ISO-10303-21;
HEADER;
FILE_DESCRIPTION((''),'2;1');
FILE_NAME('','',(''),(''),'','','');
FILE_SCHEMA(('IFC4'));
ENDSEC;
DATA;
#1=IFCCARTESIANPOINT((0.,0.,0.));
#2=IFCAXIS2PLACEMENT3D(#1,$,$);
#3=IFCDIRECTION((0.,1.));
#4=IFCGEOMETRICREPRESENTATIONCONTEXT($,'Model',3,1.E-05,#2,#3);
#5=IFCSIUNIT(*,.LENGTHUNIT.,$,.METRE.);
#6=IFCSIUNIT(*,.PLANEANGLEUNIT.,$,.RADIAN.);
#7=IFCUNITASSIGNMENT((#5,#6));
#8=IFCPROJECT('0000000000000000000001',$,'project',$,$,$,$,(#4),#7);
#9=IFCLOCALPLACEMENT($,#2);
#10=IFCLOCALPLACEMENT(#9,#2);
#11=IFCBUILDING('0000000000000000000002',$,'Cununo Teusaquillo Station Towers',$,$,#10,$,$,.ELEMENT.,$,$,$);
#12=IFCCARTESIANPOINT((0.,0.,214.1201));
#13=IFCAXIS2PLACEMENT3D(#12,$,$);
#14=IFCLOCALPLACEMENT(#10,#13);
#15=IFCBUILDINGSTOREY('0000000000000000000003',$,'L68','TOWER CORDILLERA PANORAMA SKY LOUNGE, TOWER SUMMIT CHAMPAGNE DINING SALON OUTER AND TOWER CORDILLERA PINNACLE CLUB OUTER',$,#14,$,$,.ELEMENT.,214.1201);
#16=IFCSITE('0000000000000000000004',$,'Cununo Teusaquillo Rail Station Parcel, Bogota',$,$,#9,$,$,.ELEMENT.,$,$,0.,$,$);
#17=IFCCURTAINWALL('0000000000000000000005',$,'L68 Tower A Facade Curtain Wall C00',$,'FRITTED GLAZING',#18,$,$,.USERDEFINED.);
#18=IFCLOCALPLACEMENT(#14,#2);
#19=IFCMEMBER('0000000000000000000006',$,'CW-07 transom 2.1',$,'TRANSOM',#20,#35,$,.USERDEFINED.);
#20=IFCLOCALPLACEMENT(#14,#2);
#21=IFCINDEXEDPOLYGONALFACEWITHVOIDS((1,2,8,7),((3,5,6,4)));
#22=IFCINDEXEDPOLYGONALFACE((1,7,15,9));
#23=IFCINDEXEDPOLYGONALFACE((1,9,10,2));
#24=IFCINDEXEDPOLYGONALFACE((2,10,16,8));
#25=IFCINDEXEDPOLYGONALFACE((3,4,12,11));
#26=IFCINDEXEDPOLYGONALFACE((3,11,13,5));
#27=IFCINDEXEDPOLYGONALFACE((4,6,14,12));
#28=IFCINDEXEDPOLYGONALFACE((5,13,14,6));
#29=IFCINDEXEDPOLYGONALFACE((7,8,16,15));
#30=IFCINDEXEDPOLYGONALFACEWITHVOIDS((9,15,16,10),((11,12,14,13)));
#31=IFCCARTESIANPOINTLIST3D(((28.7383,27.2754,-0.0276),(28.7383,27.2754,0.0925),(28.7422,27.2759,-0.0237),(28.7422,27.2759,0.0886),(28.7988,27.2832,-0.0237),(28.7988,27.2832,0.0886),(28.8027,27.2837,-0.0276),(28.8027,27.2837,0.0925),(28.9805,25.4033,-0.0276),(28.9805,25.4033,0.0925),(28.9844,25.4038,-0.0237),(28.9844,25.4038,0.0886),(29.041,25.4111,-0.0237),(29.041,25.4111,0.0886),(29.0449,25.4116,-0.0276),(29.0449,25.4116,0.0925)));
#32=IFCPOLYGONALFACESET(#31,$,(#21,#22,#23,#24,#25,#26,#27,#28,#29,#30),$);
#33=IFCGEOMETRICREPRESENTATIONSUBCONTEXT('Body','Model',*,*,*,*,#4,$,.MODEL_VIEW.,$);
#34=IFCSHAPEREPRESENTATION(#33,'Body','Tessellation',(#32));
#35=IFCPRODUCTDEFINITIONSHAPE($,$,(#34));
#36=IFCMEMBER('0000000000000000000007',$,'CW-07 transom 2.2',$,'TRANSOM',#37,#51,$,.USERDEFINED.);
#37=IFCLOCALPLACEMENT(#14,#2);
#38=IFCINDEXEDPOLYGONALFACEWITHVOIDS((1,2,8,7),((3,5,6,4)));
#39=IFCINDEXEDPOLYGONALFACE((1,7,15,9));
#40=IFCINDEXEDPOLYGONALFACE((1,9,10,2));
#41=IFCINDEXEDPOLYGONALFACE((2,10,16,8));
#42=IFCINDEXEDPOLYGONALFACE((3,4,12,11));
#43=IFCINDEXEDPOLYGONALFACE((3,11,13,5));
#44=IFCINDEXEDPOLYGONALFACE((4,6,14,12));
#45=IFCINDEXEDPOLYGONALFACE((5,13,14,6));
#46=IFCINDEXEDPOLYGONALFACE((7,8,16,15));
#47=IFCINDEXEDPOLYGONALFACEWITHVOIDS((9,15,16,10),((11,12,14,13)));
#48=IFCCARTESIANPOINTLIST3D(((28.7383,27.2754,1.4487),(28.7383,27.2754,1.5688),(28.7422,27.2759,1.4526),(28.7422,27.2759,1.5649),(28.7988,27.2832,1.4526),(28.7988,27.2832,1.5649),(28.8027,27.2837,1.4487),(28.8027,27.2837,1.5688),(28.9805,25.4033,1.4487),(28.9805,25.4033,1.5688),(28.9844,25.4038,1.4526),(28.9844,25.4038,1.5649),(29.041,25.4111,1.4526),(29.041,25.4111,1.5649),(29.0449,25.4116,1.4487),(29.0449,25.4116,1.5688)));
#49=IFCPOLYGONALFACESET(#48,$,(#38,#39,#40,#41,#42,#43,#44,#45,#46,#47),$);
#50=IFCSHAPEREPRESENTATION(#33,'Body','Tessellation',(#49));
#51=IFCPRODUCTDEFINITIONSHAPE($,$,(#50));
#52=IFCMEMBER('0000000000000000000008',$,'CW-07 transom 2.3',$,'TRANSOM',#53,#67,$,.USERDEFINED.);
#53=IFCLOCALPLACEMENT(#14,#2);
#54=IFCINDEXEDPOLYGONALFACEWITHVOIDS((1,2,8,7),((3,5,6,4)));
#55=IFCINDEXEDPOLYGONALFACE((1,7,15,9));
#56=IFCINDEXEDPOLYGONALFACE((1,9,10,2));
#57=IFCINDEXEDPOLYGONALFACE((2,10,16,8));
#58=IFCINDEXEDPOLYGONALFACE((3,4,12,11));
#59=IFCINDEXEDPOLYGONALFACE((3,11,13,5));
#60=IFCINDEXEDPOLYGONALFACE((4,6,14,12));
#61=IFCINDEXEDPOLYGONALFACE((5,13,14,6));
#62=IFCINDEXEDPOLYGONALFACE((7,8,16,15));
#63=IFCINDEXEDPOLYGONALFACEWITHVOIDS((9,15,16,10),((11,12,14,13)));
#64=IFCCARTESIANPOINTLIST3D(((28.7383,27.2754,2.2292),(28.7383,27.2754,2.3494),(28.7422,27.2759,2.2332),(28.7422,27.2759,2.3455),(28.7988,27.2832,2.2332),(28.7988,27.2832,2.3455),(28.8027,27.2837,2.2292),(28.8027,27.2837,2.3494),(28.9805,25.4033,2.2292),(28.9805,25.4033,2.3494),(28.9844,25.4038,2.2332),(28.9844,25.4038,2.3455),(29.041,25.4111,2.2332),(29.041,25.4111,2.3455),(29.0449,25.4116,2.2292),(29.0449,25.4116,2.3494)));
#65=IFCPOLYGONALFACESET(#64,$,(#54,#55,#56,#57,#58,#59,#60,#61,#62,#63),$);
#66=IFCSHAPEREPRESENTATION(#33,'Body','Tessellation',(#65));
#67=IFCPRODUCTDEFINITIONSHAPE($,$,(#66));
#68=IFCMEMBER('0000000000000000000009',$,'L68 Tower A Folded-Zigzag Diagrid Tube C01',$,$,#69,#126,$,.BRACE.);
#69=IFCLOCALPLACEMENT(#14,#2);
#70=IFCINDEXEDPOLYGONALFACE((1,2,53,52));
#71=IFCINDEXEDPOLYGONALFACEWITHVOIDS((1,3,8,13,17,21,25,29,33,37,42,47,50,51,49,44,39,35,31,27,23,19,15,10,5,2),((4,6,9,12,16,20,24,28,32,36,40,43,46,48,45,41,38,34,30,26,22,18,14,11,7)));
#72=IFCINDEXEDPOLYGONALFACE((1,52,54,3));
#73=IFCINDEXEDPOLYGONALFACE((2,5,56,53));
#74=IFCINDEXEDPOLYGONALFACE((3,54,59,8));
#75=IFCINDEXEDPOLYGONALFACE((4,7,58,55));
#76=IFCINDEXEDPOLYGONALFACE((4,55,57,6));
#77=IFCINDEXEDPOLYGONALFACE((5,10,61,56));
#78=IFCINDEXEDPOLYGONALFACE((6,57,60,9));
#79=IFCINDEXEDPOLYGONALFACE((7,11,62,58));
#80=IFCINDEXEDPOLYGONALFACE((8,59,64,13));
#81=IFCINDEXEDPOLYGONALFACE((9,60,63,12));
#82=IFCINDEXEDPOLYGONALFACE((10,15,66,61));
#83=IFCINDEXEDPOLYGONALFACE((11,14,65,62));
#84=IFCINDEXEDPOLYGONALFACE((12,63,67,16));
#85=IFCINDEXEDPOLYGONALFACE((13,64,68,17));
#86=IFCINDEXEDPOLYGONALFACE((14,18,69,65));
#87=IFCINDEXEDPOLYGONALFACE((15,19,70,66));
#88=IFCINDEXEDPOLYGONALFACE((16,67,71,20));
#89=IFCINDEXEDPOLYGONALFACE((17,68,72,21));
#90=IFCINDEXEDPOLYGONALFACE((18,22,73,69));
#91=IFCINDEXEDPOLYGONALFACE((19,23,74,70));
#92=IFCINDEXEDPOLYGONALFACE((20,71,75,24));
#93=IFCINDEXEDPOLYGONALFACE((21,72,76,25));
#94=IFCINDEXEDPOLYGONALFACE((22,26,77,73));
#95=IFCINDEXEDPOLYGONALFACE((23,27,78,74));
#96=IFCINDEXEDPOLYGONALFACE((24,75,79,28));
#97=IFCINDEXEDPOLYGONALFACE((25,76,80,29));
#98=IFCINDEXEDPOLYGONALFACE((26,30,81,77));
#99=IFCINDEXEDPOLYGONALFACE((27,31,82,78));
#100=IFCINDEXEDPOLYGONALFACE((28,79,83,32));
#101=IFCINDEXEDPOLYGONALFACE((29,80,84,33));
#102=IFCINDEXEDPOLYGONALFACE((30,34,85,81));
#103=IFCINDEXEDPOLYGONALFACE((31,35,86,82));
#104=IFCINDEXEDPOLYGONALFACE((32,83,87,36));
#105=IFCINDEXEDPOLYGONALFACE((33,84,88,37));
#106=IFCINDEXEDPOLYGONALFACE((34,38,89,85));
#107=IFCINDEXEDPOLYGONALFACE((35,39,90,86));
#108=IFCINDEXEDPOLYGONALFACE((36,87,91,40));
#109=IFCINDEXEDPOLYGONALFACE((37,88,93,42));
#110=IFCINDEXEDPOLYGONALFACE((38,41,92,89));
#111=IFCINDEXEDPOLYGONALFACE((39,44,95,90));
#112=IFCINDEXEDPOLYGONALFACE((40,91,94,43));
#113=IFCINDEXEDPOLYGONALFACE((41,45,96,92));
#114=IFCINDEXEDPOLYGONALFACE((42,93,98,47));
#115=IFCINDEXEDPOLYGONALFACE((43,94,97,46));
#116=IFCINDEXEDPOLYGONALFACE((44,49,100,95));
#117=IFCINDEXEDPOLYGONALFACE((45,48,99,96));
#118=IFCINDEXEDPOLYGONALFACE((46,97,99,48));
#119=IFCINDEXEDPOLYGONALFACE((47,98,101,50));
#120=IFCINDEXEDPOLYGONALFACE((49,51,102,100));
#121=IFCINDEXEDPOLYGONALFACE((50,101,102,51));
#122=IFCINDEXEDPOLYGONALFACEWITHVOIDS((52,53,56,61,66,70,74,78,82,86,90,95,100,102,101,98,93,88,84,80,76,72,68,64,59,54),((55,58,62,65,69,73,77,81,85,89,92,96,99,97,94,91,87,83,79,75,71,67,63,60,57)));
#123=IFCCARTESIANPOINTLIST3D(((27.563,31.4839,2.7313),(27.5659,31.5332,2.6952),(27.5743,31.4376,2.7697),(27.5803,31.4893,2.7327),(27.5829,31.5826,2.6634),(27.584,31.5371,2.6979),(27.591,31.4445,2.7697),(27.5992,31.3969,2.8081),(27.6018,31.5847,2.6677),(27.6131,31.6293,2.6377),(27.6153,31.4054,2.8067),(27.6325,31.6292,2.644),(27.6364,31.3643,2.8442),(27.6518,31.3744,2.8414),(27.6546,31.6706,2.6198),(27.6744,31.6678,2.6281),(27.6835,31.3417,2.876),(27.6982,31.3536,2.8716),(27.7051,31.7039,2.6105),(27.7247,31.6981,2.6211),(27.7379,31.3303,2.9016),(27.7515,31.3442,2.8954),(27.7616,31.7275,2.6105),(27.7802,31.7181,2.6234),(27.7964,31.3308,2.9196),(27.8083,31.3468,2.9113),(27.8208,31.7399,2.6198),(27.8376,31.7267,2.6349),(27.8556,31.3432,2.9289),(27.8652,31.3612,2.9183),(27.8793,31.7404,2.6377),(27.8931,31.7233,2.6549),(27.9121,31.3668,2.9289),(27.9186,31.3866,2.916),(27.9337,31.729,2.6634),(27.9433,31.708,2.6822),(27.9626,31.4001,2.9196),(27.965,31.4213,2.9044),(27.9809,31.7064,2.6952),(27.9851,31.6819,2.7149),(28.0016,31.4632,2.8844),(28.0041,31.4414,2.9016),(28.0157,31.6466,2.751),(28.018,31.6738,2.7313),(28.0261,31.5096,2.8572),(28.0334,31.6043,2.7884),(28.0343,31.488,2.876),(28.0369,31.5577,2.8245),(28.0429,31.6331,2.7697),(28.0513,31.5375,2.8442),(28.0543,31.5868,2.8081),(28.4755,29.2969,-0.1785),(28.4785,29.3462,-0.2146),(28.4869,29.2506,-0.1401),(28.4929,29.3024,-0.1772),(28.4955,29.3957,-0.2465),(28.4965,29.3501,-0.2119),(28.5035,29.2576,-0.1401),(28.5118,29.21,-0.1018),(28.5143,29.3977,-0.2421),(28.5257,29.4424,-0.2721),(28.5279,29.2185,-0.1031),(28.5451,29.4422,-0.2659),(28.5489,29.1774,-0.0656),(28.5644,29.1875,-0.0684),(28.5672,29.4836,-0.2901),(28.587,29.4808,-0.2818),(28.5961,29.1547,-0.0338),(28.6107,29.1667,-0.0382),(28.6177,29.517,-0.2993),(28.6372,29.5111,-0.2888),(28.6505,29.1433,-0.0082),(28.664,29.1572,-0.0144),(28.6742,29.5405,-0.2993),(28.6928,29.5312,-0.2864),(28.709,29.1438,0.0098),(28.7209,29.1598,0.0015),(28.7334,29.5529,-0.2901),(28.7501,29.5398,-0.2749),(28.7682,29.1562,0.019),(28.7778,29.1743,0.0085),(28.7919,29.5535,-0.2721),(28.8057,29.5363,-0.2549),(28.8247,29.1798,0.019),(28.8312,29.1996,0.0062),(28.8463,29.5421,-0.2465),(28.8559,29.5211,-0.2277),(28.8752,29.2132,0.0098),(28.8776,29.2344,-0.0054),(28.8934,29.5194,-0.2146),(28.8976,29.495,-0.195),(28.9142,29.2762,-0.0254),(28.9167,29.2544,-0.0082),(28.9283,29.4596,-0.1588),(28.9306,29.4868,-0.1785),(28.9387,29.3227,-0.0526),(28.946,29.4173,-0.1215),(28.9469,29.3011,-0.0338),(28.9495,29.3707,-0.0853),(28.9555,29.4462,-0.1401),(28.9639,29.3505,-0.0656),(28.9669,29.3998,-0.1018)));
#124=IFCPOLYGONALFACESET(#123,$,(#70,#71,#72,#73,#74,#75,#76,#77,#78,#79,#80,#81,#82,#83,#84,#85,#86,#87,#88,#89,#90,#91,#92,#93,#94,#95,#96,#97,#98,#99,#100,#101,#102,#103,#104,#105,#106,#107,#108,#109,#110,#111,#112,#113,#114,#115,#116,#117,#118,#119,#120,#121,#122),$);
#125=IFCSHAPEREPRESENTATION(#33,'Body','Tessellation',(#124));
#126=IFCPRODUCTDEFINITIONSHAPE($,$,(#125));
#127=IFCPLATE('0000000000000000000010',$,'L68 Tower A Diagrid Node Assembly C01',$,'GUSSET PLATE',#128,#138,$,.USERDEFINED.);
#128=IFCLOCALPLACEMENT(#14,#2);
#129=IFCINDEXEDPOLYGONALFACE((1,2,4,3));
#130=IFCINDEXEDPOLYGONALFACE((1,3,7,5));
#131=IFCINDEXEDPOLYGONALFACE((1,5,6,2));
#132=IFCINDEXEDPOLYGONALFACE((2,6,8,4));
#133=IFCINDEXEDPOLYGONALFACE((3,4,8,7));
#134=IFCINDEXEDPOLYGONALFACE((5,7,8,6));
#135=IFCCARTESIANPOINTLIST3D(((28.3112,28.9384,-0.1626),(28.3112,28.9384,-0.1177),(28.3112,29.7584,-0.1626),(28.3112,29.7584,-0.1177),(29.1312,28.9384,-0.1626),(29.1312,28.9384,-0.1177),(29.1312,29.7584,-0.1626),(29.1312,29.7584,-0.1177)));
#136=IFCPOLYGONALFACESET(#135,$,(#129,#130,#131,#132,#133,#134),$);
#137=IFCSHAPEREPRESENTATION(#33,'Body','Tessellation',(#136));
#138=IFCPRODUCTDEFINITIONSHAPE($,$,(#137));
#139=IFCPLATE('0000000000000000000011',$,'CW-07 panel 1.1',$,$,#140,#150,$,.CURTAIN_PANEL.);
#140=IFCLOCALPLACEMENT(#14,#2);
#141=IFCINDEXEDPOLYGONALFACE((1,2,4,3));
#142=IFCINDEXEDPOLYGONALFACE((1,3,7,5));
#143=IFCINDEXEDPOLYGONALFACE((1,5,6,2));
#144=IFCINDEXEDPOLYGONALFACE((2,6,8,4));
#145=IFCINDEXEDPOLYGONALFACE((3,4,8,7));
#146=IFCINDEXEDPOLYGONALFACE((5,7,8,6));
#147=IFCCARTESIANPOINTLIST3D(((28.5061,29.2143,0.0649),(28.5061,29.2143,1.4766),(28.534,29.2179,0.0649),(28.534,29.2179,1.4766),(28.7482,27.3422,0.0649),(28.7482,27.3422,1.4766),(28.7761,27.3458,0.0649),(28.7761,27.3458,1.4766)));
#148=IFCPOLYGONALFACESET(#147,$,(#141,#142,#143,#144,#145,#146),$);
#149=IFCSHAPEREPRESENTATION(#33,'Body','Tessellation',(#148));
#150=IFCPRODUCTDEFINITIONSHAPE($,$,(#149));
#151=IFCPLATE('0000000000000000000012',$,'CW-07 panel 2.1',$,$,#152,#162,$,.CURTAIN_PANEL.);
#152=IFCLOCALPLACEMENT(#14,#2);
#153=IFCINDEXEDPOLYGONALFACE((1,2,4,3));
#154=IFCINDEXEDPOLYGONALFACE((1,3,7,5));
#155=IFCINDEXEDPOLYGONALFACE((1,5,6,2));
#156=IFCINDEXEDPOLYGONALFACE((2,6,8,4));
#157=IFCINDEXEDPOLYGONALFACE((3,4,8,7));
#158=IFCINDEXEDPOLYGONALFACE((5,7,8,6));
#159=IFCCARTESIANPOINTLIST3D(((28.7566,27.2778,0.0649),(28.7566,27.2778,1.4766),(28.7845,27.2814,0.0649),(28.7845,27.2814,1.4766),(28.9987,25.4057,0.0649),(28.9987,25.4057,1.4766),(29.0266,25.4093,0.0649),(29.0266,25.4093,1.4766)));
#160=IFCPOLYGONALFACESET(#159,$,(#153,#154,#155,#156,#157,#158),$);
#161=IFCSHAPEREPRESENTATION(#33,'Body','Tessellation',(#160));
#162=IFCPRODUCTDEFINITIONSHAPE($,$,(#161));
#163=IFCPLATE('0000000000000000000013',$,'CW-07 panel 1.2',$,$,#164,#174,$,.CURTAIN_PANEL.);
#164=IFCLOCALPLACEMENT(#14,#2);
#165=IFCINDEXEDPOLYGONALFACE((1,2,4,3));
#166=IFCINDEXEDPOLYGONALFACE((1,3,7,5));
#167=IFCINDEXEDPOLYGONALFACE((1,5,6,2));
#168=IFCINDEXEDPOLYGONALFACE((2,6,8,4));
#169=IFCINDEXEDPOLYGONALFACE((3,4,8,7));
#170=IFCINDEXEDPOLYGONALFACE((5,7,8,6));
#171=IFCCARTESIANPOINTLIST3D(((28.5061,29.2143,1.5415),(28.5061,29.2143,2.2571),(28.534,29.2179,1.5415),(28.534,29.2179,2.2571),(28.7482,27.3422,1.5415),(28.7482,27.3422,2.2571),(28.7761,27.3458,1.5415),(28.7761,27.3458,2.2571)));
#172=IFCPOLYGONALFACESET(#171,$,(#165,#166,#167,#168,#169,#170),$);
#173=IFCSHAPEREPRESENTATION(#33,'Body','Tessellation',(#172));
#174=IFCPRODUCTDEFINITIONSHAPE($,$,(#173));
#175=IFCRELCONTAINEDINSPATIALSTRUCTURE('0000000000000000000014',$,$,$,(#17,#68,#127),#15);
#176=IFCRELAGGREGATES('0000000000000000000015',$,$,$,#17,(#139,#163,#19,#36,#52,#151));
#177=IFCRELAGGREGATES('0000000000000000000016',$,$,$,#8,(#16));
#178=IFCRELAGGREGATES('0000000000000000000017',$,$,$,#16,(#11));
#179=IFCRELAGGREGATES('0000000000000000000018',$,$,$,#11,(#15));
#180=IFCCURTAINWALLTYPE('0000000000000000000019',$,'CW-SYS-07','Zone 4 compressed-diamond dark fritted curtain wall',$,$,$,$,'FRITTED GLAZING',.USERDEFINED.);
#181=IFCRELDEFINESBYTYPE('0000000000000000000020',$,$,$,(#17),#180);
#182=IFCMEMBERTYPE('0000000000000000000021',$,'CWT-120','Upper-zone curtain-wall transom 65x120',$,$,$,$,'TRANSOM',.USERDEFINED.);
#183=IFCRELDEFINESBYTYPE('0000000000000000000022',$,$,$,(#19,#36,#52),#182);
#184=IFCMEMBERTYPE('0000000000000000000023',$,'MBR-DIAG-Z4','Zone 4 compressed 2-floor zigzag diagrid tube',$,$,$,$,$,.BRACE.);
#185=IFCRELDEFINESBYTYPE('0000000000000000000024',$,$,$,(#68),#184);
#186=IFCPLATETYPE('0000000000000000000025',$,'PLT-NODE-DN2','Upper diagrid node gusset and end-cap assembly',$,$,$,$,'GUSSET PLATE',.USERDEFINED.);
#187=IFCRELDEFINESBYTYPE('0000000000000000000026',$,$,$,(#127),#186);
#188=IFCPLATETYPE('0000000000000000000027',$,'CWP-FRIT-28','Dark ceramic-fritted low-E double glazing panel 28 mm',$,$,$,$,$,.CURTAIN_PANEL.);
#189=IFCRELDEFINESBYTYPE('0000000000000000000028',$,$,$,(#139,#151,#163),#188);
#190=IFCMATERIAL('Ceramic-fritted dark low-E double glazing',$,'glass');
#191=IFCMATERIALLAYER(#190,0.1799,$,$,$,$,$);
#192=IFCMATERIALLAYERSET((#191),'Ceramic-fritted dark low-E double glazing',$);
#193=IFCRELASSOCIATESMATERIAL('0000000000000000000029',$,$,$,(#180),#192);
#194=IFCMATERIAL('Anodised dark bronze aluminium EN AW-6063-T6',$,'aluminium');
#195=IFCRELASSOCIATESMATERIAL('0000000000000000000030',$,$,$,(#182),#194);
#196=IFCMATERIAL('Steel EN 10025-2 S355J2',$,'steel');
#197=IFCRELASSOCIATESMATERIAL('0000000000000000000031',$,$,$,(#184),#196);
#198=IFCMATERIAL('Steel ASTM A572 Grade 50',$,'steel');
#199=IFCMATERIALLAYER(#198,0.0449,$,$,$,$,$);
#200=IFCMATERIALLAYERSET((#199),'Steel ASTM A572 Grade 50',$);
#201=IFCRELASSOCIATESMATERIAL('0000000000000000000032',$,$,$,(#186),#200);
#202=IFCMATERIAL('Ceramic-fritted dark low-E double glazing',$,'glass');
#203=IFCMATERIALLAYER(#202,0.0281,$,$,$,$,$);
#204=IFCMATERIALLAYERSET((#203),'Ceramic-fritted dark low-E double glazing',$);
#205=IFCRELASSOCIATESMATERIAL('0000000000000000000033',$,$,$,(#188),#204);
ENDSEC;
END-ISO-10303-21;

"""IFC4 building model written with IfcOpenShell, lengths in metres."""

from ifc_helpers import new_model, si_unit, direction, frame, origin, origin_2d, place, context, subcontext, project, spatial, rectangle, hollow_rectangle, hollow_circle, extrude, source, transform, mapped, material, layer, layer_set, material_profile, profile_set, type_object, element, aggregate, save


model = new_model("IFC4")

# Units and contexts
model_context = context("Model", 3, precision=1e-05, world=origin(), true_north=direction((0.0, 1.0)))
body_context = subcontext(model_context, "Body", "Model", "MODEL_VIEW")
ifc_project = project(units=[si_unit("LENGTHUNIT", "METRE"), si_unit("PLANEANGLEUNIT", "RADIAN")], contexts=[model_context])

# Site, building, storey
site_placement = place(None, origin())
site = spatial("IfcSite", under=ifc_project, at=site_placement, Name="Cununo Teusaquillo Rail Station Parcel, Bogota", CompositionType="ELEMENT", RefElevation=0.0)
building_placement = place(site_placement, origin())
building = spatial("IfcBuilding", under=site, at=building_placement, Name="Cununo Teusaquillo Station Towers", CompositionType="ELEMENT")
storey_placement = place(building_placement, frame((0.0, 0.0, 214.1201)))
storey = spatial("IfcBuildingStorey", under=building, at=storey_placement, Name="L68", Description="TOWER CORDILLERA PANORAMA SKY LOUNGE, TOWER SUMMIT CHAMPAGNE DINING SALON OUTER AND TOWER CORDILLERA PINNACLE CLUB OUTER", CompositionType="ELEMENT", Elevation=214.1201)

# Curtain wall, members
ifc_material_1 = material(Name="Ceramic-fritted dark low-E double glazing", Category="glass")
ifc_layer_1 = layer(ifc_material_1, 0.1799)
ifc_layer_set_1 = layer_set([ifc_layer_1], Name="Ceramic-fritted dark low-E double glazing")
curtain_wall_type = type_object("IfcCurtainWallType", Name="CW-SYS-07", Description="Zone 4 compressed-diamond dark fritted curtain wall", ElementType="FRITTED GLAZING", PredefinedType="USERDEFINED", material=ifc_layer_set_1)
curtain_wall_placement = place(storey_placement, origin())
curtain_wall = element("IfcCurtainWall", 1, at=curtain_wall_placement, inside=storey, type_object=curtain_wall_type, Name="L68 Tower A Facade Curtain Wall C00", ObjectType="FRITTED GLAZING", PredefinedType="USERDEFINED")
ifc_material_2 = material(Name="Anodised dark bronze aluminium EN AW-6063-T6", Category="aluminium")
ifc_material_profile_1 = material_profile(ifc_material_2, hollow_rectangle(XDim=0.0649, YDim=0.1201, WallThickness=0.0039, at=origin_2d()), Name="CW-TRAN-65x120")
ifc_profile_set_1 = profile_set([ifc_material_profile_1], Name="Anodised dark bronze aluminium EN AW-6063-T6")
member_type_1 = type_object("IfcMemberType", Name="CWT-120", Description="Upper-zone curtain-wall transom 65x120", ElementType="TRANSOM", PredefinedType="USERDEFINED", material=ifc_profile_set_1)
member_1_placement = place(storey_placement, frame((28.7705, 27.2795, 0.0325), z_axis=(0.1283, -0.991735, 0.0), x_axis=(0.991735, 0.1283, 0.0)))
member_1 = element("IfcMember", 2, at=member_1_placement, type_object=member_type_1, Name="CW-07 transom 2.1", ObjectType="TRANSOM", PredefinedType="USERDEFINED", context=body_context, shape_type="SweptSolid", body=[
    extrude(hollow_rectangle(XDim=0.0649, YDim=0.1201, WallThickness=0.0039, at=origin_2d()), origin(), (0.0, 0.0, 1.0), 1.8877),
])
member_2_placement = place(storey_placement, frame((28.7705, 27.2795, 1.5088), z_axis=(0.1283, -0.991735, 0.0), x_axis=(0.991735, 0.1283, 0.0)))
member_2 = element("IfcMember", 3, at=member_2_placement, type_object=member_type_1, Name="CW-07 transom 2.2", ObjectType="TRANSOM", PredefinedType="USERDEFINED", context=body_context, shape_type="SweptSolid", body=[
    extrude(hollow_rectangle(XDim=0.0649, YDim=0.1201, WallThickness=0.0039, at=origin_2d()), origin(), (0.0, 0.0, 1.0), 1.8877),
])
member_3_placement = place(storey_placement, frame((28.7705, 27.2795, 2.2893), z_axis=(0.1283, -0.991735, 0.0), x_axis=(0.991735, 0.1283, 0.0)))
member_3 = element("IfcMember", 4, at=member_3_placement, type_object=member_type_1, Name="CW-07 transom 2.3", ObjectType="TRANSOM", PredefinedType="USERDEFINED", context=body_context, shape_type="SweptSolid", body=[
    extrude(hollow_rectangle(XDim=0.0649, YDim=0.1201, WallThickness=0.0039, at=origin_2d()), origin(), (0.0, 0.0, 1.0), 1.8877),
])

# Member
ifc_material_3 = material(Name="Steel EN 10025-2 S355J2", Category="steel")
ifc_material_profile_2 = material_profile(ifc_material_3, hollow_circle(Radius=0.2539, WallThickness=0.0181, at=origin_2d()), Name="CHS 508x18")
ifc_profile_set_2 = profile_set([ifc_material_profile_2], Name="Steel EN 10025-2 S355J2")
member_type_2 = type_object("IfcMemberType", Name="MBR-DIAG-Z4", Description="Zone 4 compressed 2-floor zigzag diagrid tube", PredefinedType="BRACE", material=ifc_profile_set_2)
member_4_placement = place(storey_placement, frame((28.7212, 29.3484, -0.1401), z_axis=(-0.243178, 0.582769, 0.775399), x_axis=(-0.922876, -0.385098, 0.0)))
element("IfcMember", 5, at=member_4_placement, inside=storey, type_object=member_type_2, Name="L68 Tower A Folded-Zigzag Diagrid Tube C01", PredefinedType="BRACE", context=body_context, shape_type="SweptSolid", body=[
    extrude(hollow_circle(Radius=0.2539, WallThickness=0.0181, at=origin_2d()), origin(), (0.0, 0.0, 1.0), 3.7527),
])

# Plates
ifc_material_4 = material(Name="Steel ASTM A572 Grade 50", Category="steel")
ifc_layer_2 = layer(ifc_material_4, 0.0449)
ifc_layer_set_2 = layer_set([ifc_layer_2], Name="Steel ASTM A572 Grade 50")
plate_type_1 = type_object("IfcPlateType", Name="PLT-NODE-DN2", Description="Upper diagrid node gusset and end-cap assembly", ElementType="GUSSET PLATE", PredefinedType="USERDEFINED", material=ifc_layer_set_2)
shared_shape_1 = source(origin(), body_context, "Body", "SweptSolid", [
    extrude(rectangle(XDim=0.8201, YDim=0.8201, at=origin_2d()), origin(), (0.0, 0.0, 1.0), 0.0449),
])
plate_1_placement = place(storey_placement, frame((28.7212, 29.3484, -0.1626), z_axis=(0.0, 0.0, 1.0), x_axis=(1.0, 0.0, 0.0)))
element("IfcPlate", 6, at=plate_1_placement, inside=storey, type_object=plate_type_1, Name="L68 Tower A Diagrid Node Assembly C01", ObjectType="GUSSET PLATE", PredefinedType="USERDEFINED", context=body_context, shape_type="MappedRepresentation", body=[
    mapped(shared_shape_1, transform((0.0, 0.0, 0.0), x_axis=(1.0, 0.0, 0.0), y_axis=(0.0, 1.0, 0.0), z_axis=(0.0, 0.0, 1.0), scale=1.0)),
])
ifc_material_5 = material(Name="Ceramic-fritted dark low-E double glazing", Category="glass")
ifc_layer_3 = layer(ifc_material_5, 0.0281)
ifc_layer_set_3 = layer_set([ifc_layer_3], Name="Ceramic-fritted dark low-E double glazing")
plate_type_2 = type_object("IfcPlateType", Name="CWP-FRIT-28", Description="Dark ceramic-fritted low-E double glazing panel 28 mm", PredefinedType="CURTAIN_PANEL", material=ifc_layer_set_3)
shared_shape_2 = source(origin(), body_context, "Body", "SweptSolid", [
    extrude(rectangle(XDim=1.8877, YDim=0.0281, at=origin_2d()), origin(), (0.0, 0.0, 1.0), 1.4116),
])
plate_2_placement = place(storey_placement, frame((28.6411, 28.28, 0.0649), z_axis=(0.0, 0.0, 1.0), x_axis=(0.128253, -0.991742, 0.0)))
plate_2 = element("IfcPlate", 7, at=plate_2_placement, type_object=plate_type_2, Name="CW-07 panel 1.1", PredefinedType="CURTAIN_PANEL", context=body_context, shape_type="MappedRepresentation", body=[
    mapped(shared_shape_2, transform((0.0, 0.0, 0.0), x_axis=(1.0, 0.0, 0.0), y_axis=(0.0, 1.0, 0.0), z_axis=(0.0, 0.0, 1.0), scale=1.0)),
])
plate_3_placement = place(storey_placement, frame((28.8916, 26.3435, 0.0649), z_axis=(0.0, 0.0, 1.0), x_axis=(0.128253, -0.991742, 0.0)))
plate_3 = element("IfcPlate", 8, at=plate_3_placement, type_object=plate_type_2, Name="CW-07 panel 2.1", PredefinedType="CURTAIN_PANEL", context=body_context, shape_type="MappedRepresentation", body=[
    mapped(shared_shape_2, transform((0.0, 0.0, 0.0), x_axis=(1.0, 0.0, 0.0), y_axis=(0.0, 1.0, 0.0), z_axis=(0.0, 0.0, 1.0), scale=1.0)),
])
shared_shape_3 = source(origin(), body_context, "Body", "SweptSolid", [
    extrude(rectangle(XDim=1.8877, YDim=0.0281, at=origin_2d()), origin(), (0.0, 0.0, 1.0), 0.7156),
])
plate_4_placement = place(storey_placement, frame((28.6411, 28.28, 1.5415), z_axis=(0.0, 0.0, 1.0), x_axis=(0.128253, -0.991742, 0.0)))
plate_4 = element("IfcPlate", 9, at=plate_4_placement, type_object=plate_type_2, Name="CW-07 panel 1.2", PredefinedType="CURTAIN_PANEL", context=body_context, shape_type="MappedRepresentation", body=[
    mapped(shared_shape_3, transform((0.0, 0.0, 0.0), x_axis=(1.0, 0.0, 0.0), y_axis=(0.0, 1.0, 0.0), z_axis=(0.0, 0.0, 1.0), scale=1.0)),
])
aggregate(curtain_wall, [plate_2, plate_4, member_1, member_2, member_3, plate_3])

save(model, "model.ifc")
